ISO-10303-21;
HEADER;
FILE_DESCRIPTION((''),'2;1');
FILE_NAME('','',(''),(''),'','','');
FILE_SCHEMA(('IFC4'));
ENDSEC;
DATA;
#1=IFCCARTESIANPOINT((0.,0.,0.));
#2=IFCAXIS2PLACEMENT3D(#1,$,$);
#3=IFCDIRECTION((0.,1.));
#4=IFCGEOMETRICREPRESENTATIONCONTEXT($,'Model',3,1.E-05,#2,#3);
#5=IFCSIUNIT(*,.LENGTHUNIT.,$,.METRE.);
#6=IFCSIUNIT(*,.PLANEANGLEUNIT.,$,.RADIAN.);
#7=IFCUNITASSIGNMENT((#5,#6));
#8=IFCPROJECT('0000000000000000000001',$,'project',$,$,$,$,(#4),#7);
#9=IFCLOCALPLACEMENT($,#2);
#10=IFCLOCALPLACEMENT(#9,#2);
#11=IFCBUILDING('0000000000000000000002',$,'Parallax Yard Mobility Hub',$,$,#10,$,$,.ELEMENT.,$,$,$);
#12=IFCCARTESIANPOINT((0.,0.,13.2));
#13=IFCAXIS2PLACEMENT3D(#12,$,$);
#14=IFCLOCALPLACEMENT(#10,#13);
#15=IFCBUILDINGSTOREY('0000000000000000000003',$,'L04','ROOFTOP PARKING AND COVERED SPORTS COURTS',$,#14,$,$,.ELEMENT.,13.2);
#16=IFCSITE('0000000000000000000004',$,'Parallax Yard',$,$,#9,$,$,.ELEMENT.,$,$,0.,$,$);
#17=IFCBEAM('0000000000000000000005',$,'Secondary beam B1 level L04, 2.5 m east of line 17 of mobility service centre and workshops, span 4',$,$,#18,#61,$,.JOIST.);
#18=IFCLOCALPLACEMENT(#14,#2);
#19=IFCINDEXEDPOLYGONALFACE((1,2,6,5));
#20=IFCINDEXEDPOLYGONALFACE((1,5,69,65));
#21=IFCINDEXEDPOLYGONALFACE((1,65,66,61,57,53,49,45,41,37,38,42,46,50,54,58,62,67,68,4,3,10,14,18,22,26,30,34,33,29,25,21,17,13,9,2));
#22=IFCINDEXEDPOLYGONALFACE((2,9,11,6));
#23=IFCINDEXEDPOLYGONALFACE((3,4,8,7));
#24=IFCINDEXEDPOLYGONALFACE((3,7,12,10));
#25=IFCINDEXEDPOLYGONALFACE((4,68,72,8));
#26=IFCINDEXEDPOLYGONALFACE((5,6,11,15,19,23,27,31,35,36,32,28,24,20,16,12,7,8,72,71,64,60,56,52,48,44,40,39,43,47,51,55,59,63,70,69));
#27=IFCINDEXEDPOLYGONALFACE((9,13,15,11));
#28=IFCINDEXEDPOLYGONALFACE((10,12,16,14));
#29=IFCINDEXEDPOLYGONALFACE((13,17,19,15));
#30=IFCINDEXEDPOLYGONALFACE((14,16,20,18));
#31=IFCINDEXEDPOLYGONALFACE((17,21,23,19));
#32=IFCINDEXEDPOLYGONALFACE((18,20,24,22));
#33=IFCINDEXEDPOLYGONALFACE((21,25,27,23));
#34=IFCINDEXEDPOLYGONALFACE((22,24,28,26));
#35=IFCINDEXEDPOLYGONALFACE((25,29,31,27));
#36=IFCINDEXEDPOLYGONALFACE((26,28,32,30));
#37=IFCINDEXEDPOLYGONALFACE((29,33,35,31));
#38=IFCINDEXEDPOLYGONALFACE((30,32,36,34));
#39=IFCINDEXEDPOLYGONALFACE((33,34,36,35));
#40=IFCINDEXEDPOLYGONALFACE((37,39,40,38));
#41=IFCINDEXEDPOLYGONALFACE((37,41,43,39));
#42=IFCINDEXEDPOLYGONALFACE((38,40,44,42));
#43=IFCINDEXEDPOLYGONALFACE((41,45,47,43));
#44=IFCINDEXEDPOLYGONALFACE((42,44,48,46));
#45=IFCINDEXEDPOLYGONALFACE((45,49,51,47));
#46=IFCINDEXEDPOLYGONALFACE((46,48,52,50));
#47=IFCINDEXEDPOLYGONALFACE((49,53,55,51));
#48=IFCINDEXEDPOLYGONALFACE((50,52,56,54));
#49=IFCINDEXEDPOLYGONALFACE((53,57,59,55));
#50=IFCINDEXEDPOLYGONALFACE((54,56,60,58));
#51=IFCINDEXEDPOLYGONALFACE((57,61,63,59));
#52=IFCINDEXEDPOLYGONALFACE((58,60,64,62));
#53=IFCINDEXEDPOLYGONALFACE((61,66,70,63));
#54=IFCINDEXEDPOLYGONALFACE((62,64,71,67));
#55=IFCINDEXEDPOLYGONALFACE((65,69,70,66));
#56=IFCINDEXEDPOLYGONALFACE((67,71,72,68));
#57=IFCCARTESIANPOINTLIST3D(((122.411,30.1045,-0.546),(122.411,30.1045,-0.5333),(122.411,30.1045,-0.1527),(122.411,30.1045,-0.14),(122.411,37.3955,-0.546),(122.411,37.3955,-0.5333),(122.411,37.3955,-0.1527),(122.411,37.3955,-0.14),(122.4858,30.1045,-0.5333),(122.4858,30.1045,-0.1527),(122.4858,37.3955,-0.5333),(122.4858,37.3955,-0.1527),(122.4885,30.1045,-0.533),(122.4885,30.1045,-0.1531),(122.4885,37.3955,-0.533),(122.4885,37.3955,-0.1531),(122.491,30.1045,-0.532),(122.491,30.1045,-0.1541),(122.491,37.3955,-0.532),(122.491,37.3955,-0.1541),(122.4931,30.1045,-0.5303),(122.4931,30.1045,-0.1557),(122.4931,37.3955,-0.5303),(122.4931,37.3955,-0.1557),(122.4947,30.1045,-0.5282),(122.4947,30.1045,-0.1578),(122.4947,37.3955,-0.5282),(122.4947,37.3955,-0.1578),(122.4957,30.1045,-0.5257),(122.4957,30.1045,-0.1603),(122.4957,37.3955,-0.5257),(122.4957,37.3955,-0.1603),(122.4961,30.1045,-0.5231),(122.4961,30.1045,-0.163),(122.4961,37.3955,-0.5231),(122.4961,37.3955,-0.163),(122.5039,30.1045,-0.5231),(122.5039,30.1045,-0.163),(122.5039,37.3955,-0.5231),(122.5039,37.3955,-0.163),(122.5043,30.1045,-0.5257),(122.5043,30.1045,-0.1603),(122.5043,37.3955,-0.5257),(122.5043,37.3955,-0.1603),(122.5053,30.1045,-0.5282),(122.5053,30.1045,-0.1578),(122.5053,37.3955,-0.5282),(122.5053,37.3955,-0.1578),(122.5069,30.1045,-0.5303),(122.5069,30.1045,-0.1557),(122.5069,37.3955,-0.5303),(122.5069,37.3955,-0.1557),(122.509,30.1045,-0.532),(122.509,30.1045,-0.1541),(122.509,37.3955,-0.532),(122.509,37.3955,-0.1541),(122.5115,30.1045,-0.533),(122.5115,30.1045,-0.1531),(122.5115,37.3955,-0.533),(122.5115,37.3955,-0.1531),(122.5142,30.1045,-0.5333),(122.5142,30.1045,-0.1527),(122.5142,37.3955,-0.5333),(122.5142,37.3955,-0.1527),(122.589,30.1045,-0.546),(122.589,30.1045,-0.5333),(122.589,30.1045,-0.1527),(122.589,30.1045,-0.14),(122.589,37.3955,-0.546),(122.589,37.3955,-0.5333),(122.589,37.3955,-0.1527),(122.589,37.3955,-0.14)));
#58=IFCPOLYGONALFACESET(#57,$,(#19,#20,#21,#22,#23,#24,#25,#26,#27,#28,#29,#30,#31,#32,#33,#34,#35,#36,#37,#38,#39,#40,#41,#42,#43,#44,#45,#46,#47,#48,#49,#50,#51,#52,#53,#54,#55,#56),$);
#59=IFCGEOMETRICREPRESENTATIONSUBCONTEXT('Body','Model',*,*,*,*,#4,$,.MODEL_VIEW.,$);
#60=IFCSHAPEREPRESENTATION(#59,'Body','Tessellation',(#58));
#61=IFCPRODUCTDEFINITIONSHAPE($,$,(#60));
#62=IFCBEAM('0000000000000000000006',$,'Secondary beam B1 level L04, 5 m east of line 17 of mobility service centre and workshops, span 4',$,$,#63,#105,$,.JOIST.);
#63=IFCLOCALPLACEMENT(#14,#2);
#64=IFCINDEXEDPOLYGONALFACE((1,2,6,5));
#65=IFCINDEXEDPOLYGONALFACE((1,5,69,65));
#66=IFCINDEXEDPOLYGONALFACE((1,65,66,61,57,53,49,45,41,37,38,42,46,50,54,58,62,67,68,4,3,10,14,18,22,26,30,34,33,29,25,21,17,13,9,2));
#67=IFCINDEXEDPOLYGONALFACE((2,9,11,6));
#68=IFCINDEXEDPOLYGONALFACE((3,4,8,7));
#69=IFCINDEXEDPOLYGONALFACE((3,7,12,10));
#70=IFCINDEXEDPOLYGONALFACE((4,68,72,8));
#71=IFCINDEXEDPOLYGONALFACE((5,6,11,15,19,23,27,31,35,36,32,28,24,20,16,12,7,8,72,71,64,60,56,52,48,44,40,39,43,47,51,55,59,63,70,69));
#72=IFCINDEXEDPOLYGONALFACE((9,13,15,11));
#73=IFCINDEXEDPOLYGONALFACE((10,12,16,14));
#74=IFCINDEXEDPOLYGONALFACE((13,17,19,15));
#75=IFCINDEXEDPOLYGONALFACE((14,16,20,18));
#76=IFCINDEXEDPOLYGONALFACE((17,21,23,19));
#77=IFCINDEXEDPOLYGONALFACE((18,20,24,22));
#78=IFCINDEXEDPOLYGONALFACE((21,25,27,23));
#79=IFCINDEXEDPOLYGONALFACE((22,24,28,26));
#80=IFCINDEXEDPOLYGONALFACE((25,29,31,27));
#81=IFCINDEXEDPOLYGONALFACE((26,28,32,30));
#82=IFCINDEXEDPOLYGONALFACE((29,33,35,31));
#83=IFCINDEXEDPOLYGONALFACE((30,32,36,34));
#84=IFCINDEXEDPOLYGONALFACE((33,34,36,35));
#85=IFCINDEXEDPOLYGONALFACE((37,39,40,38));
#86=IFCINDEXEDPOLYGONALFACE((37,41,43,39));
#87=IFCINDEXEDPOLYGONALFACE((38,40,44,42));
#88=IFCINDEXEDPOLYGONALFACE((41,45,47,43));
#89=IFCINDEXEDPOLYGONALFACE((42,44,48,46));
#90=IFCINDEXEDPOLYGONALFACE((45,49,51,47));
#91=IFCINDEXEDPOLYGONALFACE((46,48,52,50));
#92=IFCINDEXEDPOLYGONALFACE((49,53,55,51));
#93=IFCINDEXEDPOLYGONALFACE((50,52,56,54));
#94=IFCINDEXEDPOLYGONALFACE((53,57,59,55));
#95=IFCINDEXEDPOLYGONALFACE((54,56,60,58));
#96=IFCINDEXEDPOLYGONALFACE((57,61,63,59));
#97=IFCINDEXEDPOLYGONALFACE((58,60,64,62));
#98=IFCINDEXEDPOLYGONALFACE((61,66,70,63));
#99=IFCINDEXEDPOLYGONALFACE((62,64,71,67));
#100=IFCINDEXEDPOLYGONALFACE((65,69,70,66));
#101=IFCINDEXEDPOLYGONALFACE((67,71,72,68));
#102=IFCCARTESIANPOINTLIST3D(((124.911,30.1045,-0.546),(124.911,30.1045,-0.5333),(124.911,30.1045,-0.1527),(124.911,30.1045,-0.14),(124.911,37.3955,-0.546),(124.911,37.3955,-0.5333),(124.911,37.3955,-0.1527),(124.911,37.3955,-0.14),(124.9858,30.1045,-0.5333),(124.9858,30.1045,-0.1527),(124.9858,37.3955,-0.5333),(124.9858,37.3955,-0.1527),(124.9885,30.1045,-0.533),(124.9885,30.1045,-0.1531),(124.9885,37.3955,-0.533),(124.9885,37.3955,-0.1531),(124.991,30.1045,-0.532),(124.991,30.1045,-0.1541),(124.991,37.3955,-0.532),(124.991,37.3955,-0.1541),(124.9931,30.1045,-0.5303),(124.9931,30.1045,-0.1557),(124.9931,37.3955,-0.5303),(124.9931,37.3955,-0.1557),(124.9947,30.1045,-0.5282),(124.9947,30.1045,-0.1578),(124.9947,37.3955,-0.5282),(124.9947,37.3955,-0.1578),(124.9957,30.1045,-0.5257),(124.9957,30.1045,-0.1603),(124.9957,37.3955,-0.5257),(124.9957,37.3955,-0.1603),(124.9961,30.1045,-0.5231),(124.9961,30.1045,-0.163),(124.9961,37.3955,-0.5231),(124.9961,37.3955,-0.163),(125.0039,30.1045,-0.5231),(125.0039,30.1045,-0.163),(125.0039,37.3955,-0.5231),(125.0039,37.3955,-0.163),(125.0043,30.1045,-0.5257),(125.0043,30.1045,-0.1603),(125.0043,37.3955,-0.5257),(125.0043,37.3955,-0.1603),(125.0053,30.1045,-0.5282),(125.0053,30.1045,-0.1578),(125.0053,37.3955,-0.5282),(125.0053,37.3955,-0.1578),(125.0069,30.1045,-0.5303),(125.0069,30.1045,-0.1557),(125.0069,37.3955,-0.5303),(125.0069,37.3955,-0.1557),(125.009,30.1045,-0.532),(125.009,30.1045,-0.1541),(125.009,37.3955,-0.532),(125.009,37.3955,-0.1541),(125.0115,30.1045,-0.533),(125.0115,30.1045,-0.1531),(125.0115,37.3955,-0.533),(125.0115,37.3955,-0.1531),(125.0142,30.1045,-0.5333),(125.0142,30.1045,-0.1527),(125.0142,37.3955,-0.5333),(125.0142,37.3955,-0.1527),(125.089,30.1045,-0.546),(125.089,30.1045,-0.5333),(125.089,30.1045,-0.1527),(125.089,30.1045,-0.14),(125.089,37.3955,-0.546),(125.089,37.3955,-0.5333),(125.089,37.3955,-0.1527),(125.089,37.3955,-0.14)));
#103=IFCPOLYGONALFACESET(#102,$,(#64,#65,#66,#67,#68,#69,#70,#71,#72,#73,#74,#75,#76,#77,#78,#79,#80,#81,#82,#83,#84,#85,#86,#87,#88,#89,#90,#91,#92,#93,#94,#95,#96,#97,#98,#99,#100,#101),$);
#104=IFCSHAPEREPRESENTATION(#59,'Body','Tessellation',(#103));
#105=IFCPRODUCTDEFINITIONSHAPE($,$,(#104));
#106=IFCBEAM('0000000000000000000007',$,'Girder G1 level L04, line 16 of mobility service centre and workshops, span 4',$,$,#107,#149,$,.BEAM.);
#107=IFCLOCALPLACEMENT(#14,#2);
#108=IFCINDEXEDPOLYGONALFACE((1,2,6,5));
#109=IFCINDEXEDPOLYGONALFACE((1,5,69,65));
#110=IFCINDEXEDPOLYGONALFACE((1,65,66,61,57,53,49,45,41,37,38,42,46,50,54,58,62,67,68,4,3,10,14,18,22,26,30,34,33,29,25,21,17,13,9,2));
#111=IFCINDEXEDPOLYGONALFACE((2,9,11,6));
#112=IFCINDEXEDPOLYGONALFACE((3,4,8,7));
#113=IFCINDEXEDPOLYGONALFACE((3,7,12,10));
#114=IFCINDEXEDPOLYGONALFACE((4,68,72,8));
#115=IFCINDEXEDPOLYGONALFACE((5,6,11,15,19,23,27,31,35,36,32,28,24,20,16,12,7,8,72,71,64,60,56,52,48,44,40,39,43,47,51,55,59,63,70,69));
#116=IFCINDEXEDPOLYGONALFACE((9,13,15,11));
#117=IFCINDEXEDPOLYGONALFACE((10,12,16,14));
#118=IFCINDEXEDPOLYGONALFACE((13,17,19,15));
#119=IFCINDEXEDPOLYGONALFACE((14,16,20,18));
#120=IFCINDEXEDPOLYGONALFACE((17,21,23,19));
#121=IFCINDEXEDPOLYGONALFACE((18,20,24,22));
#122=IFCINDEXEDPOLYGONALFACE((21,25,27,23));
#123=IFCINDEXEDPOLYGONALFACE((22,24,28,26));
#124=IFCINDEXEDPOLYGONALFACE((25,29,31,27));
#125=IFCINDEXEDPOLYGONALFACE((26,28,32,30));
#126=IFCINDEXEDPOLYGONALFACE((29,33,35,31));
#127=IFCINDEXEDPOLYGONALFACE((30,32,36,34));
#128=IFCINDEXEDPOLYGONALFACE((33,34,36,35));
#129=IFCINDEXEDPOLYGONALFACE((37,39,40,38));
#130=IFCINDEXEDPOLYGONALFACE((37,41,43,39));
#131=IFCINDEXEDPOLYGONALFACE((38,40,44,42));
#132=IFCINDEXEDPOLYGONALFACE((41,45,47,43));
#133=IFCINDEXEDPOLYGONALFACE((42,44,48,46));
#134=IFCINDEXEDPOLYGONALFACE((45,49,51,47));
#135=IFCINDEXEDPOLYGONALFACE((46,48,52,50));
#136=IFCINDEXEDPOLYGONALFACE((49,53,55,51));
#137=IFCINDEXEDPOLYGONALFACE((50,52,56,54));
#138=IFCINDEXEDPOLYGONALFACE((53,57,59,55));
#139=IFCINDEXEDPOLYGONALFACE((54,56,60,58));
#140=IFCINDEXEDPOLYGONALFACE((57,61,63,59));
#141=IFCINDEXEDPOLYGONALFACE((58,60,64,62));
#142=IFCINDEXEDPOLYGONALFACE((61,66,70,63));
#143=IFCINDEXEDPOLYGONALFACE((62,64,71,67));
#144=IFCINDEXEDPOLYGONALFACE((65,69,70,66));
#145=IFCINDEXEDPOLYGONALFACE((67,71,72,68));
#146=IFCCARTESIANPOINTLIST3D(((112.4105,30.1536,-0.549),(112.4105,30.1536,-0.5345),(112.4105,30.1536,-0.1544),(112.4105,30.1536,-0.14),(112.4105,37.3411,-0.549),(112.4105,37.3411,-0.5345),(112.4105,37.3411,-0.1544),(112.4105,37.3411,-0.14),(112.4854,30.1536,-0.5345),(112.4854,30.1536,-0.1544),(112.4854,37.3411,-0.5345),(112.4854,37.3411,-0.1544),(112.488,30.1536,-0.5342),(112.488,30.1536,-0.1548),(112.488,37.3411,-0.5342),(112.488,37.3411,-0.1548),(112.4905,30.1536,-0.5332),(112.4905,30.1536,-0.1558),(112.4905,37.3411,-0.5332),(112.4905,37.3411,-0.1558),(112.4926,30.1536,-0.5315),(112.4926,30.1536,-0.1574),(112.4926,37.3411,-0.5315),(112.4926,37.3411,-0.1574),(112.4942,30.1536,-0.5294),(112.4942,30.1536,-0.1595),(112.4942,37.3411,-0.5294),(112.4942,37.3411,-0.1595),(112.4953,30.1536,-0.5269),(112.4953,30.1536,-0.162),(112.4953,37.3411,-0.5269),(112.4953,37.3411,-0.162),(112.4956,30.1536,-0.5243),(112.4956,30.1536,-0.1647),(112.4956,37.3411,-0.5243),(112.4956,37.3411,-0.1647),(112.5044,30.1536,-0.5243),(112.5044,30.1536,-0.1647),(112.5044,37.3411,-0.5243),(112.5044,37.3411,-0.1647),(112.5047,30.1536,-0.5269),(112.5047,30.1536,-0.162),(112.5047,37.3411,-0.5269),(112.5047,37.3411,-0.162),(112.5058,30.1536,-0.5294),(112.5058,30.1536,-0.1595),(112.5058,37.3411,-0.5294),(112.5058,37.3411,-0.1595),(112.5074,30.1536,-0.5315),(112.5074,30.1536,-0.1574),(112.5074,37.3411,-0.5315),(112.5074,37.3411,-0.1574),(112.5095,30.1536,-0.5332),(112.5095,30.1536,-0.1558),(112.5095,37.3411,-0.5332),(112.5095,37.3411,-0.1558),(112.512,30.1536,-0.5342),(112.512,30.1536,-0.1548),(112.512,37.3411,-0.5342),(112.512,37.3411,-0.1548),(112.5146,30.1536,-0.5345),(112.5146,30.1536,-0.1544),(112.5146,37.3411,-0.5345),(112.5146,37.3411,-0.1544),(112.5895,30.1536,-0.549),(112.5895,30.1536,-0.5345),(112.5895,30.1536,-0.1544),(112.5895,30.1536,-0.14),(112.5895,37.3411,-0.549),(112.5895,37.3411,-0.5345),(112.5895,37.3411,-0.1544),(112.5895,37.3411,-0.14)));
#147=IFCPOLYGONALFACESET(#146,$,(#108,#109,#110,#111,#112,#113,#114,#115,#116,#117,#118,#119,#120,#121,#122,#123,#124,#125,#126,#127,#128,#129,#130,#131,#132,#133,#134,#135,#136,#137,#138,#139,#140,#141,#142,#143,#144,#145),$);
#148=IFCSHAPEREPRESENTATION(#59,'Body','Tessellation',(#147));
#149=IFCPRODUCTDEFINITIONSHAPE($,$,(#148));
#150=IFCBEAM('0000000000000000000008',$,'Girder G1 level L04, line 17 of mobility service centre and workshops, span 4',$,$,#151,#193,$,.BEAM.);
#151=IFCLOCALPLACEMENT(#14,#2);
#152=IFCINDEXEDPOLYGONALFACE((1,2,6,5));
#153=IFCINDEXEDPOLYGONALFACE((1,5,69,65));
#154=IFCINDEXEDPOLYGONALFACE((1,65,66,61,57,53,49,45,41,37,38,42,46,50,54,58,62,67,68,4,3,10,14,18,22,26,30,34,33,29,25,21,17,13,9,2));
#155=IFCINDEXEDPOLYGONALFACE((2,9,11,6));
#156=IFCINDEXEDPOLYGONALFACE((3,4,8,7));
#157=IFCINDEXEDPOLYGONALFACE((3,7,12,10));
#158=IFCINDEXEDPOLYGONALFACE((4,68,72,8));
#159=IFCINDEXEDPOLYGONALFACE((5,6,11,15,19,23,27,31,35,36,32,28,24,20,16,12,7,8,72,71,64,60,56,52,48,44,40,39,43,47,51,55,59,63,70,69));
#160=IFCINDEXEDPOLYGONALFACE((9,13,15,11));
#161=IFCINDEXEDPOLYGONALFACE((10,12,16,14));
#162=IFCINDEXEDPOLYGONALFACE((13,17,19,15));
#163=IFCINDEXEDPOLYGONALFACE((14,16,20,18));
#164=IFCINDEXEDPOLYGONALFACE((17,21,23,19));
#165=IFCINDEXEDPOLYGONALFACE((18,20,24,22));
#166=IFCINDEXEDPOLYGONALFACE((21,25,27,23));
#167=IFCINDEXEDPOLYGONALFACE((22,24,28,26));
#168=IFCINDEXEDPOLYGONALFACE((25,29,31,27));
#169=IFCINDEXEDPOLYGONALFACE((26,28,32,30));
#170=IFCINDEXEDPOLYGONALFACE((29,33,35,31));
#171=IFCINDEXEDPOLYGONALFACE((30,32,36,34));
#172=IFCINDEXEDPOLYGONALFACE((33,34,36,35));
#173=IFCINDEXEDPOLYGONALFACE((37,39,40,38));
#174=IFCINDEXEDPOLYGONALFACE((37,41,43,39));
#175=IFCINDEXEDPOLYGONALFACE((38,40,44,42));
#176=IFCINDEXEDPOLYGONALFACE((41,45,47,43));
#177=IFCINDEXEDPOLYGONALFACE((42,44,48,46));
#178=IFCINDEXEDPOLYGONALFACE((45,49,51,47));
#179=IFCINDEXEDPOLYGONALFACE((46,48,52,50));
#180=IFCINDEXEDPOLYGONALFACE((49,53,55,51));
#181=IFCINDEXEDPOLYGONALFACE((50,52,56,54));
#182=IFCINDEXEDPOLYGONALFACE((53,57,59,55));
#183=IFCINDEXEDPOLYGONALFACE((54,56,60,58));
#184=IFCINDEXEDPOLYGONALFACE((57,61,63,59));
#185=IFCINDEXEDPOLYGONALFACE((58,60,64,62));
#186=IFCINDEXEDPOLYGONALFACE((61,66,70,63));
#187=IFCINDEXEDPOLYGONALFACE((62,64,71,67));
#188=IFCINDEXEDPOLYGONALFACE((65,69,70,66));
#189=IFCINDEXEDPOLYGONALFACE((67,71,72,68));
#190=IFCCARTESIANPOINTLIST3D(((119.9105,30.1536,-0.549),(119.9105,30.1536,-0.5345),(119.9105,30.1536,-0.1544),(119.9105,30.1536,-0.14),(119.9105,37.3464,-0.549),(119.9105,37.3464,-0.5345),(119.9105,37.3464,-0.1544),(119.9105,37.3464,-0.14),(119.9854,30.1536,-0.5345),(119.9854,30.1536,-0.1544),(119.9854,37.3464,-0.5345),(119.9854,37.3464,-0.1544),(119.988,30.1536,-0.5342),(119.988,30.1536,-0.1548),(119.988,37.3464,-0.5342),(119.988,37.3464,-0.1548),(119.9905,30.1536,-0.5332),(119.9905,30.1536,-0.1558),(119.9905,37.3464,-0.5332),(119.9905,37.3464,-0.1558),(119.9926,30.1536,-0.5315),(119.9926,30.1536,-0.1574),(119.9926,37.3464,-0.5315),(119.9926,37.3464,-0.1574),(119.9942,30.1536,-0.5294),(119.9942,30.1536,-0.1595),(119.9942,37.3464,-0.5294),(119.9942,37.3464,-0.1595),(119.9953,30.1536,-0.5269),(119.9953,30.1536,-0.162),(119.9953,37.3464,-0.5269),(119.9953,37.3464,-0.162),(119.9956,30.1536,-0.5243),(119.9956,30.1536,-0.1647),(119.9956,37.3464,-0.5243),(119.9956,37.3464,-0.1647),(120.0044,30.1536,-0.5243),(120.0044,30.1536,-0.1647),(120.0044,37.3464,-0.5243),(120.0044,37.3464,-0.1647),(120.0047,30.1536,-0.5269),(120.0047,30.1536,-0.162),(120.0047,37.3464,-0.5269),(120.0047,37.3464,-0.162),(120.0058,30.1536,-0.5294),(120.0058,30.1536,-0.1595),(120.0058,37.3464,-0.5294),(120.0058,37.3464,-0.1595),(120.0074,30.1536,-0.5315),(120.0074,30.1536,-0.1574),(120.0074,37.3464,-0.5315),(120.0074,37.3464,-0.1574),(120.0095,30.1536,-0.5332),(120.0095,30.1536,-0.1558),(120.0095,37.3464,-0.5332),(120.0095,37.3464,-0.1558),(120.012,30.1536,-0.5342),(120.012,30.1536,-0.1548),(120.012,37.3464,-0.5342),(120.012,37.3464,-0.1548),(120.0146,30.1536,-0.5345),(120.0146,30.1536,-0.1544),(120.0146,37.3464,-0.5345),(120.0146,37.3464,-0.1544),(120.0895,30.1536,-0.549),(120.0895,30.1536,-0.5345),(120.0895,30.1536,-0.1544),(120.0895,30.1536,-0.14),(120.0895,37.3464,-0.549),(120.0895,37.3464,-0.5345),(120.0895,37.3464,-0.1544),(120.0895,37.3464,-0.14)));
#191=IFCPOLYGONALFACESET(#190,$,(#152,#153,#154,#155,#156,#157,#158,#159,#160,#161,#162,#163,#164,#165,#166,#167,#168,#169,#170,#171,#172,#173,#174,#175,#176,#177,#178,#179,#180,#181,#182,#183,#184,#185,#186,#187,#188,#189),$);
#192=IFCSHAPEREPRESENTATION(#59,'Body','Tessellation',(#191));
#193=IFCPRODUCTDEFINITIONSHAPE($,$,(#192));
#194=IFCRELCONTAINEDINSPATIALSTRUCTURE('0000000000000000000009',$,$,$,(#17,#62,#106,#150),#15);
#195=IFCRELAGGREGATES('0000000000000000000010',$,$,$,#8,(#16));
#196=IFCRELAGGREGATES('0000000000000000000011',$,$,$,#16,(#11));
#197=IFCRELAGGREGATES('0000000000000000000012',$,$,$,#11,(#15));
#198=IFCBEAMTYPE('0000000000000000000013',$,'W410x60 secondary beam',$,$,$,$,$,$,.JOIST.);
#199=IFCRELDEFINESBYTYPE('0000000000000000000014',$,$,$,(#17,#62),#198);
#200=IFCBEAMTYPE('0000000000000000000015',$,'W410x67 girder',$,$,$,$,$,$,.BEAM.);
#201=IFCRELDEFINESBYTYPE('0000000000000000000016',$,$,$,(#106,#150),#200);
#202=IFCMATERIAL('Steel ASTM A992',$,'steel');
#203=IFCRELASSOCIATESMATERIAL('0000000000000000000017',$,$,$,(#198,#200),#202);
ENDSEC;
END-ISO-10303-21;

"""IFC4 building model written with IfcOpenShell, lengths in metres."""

from ifc_helpers import new_model, si_unit, direction, frame, origin, origin_2d, place, context, subcontext, project, spatial, i_section, extrude, material, material_profile, profile_set, type_object, element, save


model = new_model("IFC4")

# Units and contexts
model_context = context("Model", 3, precision=1e-05, world=origin(), true_north=direction((0.0, 1.0)))
body_context = subcontext(model_context, "Body", "Model", "MODEL_VIEW")
ifc_project = project(units=[si_unit("LENGTHUNIT", "METRE"), si_unit("PLANEANGLEUNIT", "RADIAN")], contexts=[model_context])

# Site, building, storey
site_placement = place(None, origin())
site = spatial("IfcSite", under=ifc_project, at=site_placement, Name="Parallax Yard", CompositionType="ELEMENT", RefElevation=0.0)
building_placement = place(site_placement, origin())
building = spatial("IfcBuilding", under=site, at=building_placement, Name="Parallax Yard Mobility Hub", CompositionType="ELEMENT")
storey_placement = place(building_placement, frame((0.0, 0.0, 13.2)))
storey = spatial("IfcBuildingStorey", under=building, at=storey_placement, Name="L04", Description="ROOFTOP PARKING AND COVERED SPORTS COURTS", CompositionType="ELEMENT", Elevation=13.2)

# Beams
ifc_material_1 = material(Name="Steel ASTM A992", Category="steel")
ifc_material_profile_1 = material_profile(ifc_material_1, i_section(OverallWidth=0.178, OverallDepth=0.406, WebThickness=0.0078, FlangeThickness=0.0127, FilletRadius=0.0103, at=origin_2d()), Name="W410x60")
ifc_profile_set_1 = profile_set([ifc_material_profile_1], Name="Steel ASTM A992")
beam_type_1 = type_object("IfcBeamType", Name="W410x60 secondary beam", PredefinedType="JOIST", material=ifc_profile_set_1)
for number, where, z_axis, x_axis, name in (
    (1, (122.5, 30.1045, -0.343), (0.0, 1.0, 0.0), (-1.0, 0.0, 0.0), "Secondary beam B1 level L04, 2.5 m east of line 17 of mobility service centre and workshops, span 4"),
    (2, (125.0, 30.1045, -0.343), (0.0, 1.0, 0.0), (-1.0, 0.0, 0.0), "Secondary beam B1 level L04, 5 m east of line 17 of mobility service centre and workshops, span 4"),
):
    element("IfcBeam", number, at=place(storey_placement, frame(where, z_axis=z_axis, x_axis=x_axis)), inside=storey, type_object=beam_type_1, Name=name, PredefinedType="JOIST", context=body_context, shape_type="SweptSolid", body=[
        extrude(i_section(OverallWidth=0.178, OverallDepth=0.406, WebThickness=0.0078, FlangeThickness=0.0127, FilletRadius=0.0103, at=origin_2d()), origin(), (0.0, 0.0, 1.0), 7.291),
    ])
ifc_material_profile_2 = material_profile(ifc_material_1, i_section(OverallWidth=0.179, OverallDepth=0.4089, WebThickness=0.0088, FlangeThickness=0.0144, FilletRadius=0.0103, at=origin_2d()), Name="W410x67")
ifc_profile_set_2 = profile_set([ifc_material_profile_2], Name="Steel ASTM A992")
beam_type_2 = type_object("IfcBeamType", Name="W410x67 girder", PredefinedType="BEAM", material=ifc_profile_set_2)
beam_1_placement = place(storey_placement, frame((112.5, 30.1536, -0.3445), z_axis=(0.0, 1.0, 0.0), x_axis=(-1.0, 0.0, 0.0)))
element("IfcBeam", 3, at=beam_1_placement, inside=storey, type_object=beam_type_2, Name="Girder G1 level L04, line 16 of mobility service centre and workshops, span 4", PredefinedType="BEAM", context=body_context, shape_type="SweptSolid", body=[
    extrude(i_section(OverallWidth=0.179, OverallDepth=0.4089, WebThickness=0.0088, FlangeThickness=0.0144, FilletRadius=0.0103, at=origin_2d()), origin(), (0.0, 0.0, 1.0), 7.1875),
])
beam_2_placement = place(storey_placement, frame((120.0, 30.1536, -0.3445), z_axis=(0.0, 1.0, 0.0), x_axis=(-1.0, 0.0, 0.0)))
element("IfcBeam", 4, at=beam_2_placement, inside=storey, type_object=beam_type_2, Name="Girder G1 level L04, line 17 of mobility service centre and workshops, span 4", PredefinedType="BEAM", context=body_context, shape_type="SweptSolid", body=[
    extrude(i_section(OverallWidth=0.179, OverallDepth=0.4089, WebThickness=0.0088, FlangeThickness=0.0144, FilletRadius=0.0103, at=origin_2d()), origin(), (0.0, 0.0, 1.0), 7.1929),
])

save(model, "model.ifc")
